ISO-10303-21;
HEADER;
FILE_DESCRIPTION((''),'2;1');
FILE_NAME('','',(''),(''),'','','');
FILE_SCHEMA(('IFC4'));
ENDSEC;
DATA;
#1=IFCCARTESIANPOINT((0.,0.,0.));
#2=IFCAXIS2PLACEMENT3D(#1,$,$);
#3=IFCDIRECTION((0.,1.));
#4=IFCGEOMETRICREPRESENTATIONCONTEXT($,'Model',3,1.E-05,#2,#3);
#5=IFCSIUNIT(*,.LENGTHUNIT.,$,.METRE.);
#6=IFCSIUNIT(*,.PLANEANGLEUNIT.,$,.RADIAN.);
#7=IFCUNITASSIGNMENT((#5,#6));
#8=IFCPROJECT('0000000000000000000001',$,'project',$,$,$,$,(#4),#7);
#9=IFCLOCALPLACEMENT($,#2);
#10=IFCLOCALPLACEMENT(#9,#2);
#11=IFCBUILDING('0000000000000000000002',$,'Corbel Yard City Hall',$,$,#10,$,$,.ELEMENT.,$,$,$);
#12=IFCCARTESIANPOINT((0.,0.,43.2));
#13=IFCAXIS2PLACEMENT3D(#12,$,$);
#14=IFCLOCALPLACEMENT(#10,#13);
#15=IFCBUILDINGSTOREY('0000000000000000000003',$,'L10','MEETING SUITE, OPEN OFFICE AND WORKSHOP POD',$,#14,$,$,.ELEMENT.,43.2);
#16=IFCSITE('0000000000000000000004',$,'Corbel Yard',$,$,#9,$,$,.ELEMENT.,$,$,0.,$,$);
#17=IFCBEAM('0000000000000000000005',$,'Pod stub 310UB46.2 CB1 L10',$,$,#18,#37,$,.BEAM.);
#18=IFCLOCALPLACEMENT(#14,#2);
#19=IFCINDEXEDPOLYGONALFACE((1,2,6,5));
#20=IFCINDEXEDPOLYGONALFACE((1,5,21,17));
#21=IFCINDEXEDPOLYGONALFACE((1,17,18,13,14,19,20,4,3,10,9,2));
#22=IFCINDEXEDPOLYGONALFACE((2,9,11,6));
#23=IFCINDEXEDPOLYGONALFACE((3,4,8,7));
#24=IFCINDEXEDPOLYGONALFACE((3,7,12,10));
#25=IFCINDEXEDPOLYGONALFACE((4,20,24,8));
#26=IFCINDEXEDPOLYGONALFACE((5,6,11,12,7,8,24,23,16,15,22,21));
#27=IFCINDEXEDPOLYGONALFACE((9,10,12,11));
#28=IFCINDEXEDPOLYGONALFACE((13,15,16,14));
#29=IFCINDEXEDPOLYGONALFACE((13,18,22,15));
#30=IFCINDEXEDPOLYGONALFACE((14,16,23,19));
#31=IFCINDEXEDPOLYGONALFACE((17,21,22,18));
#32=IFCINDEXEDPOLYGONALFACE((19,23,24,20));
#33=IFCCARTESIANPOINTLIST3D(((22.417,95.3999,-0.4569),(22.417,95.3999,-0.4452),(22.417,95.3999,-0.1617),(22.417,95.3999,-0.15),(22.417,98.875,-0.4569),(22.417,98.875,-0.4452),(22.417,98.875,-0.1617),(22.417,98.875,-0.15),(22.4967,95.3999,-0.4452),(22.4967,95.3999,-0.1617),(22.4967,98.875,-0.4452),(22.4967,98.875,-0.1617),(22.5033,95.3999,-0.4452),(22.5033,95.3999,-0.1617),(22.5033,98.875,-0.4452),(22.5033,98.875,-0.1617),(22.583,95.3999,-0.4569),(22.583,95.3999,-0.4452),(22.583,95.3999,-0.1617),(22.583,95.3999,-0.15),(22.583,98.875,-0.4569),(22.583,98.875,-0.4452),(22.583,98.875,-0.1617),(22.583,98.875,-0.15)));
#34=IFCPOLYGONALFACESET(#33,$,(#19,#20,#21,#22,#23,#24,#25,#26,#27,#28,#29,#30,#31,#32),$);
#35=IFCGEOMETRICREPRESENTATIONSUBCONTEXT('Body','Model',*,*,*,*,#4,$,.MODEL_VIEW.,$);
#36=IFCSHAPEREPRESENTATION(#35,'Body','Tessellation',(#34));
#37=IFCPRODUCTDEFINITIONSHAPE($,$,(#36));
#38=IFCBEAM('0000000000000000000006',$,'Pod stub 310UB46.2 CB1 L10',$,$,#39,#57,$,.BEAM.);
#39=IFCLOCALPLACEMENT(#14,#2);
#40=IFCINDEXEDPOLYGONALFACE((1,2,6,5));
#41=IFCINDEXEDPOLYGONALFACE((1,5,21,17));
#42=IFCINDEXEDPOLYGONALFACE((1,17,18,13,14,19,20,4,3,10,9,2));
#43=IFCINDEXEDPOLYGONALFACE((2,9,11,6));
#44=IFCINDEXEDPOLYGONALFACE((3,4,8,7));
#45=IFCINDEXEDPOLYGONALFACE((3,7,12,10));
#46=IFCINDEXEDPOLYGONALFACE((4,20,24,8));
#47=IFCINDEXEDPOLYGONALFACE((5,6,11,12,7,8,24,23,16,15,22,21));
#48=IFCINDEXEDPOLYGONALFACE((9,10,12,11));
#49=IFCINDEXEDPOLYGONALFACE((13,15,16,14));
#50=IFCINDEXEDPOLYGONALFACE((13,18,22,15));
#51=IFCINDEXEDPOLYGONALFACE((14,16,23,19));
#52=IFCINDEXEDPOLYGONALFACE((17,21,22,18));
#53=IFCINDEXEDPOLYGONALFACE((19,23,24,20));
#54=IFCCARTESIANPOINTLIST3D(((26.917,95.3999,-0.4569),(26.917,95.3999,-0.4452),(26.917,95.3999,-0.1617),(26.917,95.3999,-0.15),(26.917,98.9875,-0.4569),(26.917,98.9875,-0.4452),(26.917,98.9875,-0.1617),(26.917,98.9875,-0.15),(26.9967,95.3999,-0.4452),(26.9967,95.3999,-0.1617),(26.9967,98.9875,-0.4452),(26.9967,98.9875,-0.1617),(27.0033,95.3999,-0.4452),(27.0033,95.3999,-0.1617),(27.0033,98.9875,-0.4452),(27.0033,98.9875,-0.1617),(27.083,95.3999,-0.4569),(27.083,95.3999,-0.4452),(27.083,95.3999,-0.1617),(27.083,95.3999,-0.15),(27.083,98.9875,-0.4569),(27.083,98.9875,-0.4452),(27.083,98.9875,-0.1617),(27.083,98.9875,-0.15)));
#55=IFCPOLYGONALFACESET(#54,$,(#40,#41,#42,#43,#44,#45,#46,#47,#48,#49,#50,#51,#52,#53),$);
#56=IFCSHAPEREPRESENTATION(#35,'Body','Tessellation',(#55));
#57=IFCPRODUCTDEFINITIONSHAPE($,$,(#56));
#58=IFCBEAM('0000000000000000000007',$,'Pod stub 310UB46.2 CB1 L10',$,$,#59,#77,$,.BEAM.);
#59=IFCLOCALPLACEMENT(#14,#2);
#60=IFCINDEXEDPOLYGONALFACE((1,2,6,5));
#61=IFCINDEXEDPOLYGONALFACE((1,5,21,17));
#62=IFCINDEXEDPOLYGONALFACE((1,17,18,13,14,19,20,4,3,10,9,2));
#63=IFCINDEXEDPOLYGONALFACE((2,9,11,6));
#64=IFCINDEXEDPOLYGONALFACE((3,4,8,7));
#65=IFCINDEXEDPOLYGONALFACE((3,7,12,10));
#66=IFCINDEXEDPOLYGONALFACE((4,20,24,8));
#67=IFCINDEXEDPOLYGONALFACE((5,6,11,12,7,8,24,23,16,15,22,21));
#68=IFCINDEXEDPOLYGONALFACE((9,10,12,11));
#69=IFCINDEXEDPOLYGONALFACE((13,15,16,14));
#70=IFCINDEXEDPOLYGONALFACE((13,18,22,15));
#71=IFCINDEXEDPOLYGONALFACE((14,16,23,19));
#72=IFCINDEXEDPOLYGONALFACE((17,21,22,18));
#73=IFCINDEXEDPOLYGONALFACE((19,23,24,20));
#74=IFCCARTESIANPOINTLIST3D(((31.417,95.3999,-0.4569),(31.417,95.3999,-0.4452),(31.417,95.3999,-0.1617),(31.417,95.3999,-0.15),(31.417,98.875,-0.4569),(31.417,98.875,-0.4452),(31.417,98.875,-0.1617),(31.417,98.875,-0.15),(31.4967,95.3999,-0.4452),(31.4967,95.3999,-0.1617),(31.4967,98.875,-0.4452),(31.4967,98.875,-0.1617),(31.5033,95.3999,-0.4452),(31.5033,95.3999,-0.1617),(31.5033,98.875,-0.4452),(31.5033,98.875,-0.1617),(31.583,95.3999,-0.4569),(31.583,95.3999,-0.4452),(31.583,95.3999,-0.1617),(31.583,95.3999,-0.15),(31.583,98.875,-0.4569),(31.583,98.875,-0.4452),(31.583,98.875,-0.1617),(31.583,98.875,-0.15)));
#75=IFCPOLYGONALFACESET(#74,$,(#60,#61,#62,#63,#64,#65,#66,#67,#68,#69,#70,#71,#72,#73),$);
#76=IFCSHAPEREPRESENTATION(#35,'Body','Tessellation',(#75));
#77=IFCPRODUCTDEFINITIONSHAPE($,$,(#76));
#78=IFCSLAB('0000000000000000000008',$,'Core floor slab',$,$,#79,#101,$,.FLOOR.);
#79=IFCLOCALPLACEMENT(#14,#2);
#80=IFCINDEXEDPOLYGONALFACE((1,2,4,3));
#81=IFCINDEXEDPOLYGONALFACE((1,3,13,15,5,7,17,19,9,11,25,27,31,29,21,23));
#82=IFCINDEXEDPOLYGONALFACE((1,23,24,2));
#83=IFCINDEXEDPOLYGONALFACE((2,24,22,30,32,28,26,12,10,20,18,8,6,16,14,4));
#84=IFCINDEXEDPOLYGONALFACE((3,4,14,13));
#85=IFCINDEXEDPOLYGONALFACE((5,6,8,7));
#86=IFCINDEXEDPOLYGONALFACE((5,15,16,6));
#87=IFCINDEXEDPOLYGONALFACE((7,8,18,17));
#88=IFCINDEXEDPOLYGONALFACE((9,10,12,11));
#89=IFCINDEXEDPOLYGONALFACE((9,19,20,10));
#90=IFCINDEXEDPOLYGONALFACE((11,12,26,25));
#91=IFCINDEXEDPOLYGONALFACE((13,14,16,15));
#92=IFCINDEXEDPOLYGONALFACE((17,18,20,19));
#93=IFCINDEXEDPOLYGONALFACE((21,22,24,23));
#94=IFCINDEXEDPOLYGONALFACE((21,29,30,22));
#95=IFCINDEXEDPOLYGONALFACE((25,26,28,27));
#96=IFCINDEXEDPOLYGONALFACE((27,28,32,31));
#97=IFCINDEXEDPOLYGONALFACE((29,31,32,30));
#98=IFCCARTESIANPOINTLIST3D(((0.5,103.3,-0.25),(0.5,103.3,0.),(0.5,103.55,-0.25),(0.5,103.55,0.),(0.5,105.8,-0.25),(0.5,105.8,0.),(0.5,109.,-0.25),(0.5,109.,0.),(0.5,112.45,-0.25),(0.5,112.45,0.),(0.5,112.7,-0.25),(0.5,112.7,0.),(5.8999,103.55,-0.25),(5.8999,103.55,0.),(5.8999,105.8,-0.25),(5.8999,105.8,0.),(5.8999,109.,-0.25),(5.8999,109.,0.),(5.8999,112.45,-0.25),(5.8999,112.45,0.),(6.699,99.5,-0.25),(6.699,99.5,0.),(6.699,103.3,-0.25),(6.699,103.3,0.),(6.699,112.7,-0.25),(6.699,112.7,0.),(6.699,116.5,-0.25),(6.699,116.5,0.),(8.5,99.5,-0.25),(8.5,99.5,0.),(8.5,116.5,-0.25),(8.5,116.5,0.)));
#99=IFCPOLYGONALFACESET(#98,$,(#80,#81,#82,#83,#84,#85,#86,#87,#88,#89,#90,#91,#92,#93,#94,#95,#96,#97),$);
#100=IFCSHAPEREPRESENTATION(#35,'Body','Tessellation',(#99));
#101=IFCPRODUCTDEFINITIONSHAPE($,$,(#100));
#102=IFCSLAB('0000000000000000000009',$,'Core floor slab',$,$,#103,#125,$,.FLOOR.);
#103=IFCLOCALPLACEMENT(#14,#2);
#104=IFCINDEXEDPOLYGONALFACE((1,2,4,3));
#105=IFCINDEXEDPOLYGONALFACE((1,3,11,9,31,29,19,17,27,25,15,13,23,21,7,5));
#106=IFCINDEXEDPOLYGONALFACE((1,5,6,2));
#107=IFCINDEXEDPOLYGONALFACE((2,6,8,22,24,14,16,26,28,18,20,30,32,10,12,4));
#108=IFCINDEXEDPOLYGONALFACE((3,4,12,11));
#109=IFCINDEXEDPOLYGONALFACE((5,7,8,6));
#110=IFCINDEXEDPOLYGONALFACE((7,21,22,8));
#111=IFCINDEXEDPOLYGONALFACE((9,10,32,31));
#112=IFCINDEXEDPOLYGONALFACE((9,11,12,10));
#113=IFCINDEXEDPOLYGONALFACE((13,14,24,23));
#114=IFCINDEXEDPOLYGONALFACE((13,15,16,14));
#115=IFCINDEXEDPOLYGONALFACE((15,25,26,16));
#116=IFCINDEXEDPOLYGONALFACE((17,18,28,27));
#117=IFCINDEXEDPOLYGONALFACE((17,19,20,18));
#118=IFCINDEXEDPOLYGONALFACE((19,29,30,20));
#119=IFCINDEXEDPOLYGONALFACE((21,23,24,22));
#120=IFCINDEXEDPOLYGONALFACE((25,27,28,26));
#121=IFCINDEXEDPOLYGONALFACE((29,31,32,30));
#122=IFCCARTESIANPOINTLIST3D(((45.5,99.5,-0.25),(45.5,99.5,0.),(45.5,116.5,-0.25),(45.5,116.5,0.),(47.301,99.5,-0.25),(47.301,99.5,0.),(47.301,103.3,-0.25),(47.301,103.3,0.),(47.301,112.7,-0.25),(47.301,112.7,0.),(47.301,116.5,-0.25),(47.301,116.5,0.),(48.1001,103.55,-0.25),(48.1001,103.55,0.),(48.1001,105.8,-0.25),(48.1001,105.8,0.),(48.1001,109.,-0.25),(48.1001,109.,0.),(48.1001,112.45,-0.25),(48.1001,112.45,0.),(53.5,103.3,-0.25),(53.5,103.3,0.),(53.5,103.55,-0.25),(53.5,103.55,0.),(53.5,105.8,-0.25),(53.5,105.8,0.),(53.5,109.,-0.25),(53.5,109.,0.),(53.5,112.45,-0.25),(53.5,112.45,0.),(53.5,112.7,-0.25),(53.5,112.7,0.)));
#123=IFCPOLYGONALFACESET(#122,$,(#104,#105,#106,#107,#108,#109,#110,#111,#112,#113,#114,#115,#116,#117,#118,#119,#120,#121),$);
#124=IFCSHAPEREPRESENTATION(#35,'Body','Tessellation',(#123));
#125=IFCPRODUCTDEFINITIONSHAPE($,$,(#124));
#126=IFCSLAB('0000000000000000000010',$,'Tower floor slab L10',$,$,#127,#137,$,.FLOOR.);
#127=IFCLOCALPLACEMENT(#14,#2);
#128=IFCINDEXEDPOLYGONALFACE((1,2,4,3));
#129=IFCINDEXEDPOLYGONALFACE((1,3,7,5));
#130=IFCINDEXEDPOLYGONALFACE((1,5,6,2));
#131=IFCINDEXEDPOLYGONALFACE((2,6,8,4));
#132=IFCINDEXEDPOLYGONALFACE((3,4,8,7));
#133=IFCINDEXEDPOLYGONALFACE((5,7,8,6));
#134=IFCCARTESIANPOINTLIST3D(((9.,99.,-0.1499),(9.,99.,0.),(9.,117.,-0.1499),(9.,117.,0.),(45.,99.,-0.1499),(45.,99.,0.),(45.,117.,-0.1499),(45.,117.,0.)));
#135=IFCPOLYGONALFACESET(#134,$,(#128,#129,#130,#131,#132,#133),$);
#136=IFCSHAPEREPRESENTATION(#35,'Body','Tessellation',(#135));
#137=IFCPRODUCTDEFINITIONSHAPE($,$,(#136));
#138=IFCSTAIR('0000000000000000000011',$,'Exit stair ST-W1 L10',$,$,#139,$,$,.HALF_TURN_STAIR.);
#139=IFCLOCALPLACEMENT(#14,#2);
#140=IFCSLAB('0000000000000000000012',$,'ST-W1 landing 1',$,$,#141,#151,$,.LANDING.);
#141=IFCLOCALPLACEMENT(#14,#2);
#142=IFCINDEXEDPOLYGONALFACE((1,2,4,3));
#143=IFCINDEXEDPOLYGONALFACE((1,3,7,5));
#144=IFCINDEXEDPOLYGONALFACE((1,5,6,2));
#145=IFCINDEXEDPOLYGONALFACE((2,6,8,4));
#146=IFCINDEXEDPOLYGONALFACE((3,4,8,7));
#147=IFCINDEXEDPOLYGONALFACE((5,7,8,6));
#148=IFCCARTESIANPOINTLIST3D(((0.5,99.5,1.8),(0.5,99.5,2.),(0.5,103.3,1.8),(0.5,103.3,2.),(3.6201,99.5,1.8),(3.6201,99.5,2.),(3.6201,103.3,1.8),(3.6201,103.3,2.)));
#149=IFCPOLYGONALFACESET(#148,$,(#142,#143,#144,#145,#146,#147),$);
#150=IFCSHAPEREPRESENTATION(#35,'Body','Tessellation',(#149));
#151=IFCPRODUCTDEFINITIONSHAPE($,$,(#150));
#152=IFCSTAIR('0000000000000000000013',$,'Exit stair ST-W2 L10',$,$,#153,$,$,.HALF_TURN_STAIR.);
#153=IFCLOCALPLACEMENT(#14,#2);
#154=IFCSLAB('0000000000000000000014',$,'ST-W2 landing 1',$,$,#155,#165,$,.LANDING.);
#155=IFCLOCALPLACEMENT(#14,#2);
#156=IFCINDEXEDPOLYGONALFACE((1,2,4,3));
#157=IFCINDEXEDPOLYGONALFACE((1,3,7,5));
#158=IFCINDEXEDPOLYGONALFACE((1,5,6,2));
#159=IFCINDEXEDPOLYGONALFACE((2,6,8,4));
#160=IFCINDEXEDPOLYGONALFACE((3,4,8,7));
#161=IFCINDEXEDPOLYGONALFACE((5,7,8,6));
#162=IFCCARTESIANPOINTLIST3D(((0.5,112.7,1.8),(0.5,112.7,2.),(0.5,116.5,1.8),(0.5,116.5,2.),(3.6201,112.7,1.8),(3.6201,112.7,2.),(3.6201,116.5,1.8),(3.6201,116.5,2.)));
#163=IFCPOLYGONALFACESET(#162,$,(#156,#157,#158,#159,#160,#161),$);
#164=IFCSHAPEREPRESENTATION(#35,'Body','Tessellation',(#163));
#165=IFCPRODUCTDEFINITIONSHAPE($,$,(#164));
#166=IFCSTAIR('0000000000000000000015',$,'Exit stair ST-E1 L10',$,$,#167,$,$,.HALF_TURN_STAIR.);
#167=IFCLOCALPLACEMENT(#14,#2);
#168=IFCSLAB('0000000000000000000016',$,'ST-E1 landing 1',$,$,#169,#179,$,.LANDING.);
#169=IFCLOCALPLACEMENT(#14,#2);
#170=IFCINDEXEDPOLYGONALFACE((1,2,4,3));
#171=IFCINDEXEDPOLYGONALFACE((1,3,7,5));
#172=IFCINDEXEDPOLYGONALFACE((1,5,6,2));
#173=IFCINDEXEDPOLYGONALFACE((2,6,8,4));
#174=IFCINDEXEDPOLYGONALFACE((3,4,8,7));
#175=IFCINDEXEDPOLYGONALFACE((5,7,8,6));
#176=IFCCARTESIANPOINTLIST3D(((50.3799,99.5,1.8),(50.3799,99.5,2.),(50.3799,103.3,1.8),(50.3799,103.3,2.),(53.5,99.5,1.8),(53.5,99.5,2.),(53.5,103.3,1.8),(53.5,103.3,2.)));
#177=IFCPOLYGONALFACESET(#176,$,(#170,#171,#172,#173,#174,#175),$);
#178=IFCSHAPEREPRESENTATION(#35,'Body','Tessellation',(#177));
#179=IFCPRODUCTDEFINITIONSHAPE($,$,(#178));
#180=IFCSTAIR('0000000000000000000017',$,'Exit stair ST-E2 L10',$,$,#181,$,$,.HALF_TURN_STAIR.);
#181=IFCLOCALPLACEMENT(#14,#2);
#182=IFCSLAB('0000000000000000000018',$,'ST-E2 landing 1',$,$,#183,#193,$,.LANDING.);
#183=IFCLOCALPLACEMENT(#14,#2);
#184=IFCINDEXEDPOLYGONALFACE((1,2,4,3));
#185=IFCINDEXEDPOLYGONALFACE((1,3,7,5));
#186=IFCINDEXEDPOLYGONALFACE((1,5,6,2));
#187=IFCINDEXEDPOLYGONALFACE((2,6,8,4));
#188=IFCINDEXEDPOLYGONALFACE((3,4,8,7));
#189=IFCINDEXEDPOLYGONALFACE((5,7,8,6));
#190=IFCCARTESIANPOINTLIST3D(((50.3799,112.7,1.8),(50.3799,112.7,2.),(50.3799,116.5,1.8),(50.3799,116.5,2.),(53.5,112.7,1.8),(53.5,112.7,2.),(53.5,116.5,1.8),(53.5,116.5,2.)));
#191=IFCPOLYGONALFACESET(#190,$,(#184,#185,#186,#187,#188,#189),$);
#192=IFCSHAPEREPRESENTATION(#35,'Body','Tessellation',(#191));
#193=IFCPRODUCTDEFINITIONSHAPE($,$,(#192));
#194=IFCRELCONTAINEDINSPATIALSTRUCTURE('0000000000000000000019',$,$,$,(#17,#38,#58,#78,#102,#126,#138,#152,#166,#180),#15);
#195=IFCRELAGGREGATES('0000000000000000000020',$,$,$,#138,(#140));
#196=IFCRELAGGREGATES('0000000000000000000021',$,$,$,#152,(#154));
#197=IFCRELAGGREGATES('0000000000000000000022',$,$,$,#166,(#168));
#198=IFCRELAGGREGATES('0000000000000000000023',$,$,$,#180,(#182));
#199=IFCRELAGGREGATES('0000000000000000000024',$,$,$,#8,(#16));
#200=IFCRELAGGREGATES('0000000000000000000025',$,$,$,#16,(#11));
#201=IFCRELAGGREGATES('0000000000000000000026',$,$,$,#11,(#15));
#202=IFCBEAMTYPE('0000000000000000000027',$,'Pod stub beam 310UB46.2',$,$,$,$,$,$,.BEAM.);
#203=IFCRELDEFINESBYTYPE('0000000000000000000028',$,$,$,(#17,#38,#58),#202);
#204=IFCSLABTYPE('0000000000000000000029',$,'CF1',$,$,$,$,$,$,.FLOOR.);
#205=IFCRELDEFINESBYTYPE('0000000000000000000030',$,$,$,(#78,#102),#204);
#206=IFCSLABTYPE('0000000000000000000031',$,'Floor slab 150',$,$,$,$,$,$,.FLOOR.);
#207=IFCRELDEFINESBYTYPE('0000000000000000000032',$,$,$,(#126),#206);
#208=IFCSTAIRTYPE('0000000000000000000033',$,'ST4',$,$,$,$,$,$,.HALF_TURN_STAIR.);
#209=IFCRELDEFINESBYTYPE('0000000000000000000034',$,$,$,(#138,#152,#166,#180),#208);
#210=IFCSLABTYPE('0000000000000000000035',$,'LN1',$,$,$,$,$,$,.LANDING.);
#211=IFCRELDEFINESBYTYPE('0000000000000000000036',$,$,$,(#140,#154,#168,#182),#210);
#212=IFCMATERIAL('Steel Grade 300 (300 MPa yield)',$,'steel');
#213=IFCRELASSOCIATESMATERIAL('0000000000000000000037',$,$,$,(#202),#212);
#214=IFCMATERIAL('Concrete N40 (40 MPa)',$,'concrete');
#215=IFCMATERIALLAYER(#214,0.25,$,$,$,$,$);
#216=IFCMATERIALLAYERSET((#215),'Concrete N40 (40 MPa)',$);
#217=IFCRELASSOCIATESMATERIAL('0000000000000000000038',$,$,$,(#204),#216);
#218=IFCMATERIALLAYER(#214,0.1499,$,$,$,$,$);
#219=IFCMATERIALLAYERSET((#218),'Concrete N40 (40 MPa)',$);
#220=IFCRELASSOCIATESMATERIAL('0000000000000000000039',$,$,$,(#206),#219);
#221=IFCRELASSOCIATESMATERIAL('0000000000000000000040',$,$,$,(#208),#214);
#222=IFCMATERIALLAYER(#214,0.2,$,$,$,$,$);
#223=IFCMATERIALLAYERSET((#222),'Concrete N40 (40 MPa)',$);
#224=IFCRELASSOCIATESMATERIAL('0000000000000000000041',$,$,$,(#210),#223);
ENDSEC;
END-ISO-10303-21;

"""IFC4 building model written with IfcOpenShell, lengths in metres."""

from ifc_helpers import new_model, si_unit, direction, frame, origin, origin_2d, place, context, subcontext, project, spatial, polyline, i_section, outline, extrude, material, layer, layer_set, material_profile, profile_set, type_object, element, aggregate, save


model = new_model("IFC4")

# Units and contexts
model_context = context("Model", 3, precision=1e-05, world=origin(), true_north=direction((0.0, 1.0)))
body_context = subcontext(model_context, "Body", "Model", "MODEL_VIEW")
ifc_project = project(units=[si_unit("LENGTHUNIT", "METRE"), si_unit("PLANEANGLEUNIT", "RADIAN")], contexts=[model_context])

# Site, building, storey
site_placement = place(None, origin())
site = spatial("IfcSite", under=ifc_project, at=site_placement, Name="Corbel Yard", CompositionType="ELEMENT", RefElevation=0.0)
building_placement = place(site_placement, origin())
building = spatial("IfcBuilding", under=site, at=building_placement, Name="Corbel Yard City Hall", CompositionType="ELEMENT")
storey_placement = place(building_placement, frame((0.0, 0.0, 43.2)))
storey = spatial("IfcBuildingStorey", under=building, at=storey_placement, Name="L10", Description="MEETING SUITE, OPEN OFFICE AND WORKSHOP POD", CompositionType="ELEMENT", Elevation=43.2)

# Beams
ifc_material_1 = material(Name="Steel Grade 300 (300 MPa yield)", Category="steel")
ifc_material_profile = material_profile(ifc_material_1, i_section(OverallWidth=0.166, OverallDepth=0.3069, WebThickness=0.0066, FlangeThickness=0.0117, at=origin_2d()), Name="310UB46.2")
ifc_profile_set = profile_set([ifc_material_profile], Name="Steel Grade 300 (300 MPa yield)")
beam_type = type_object("IfcBeamType", Name="Pod stub beam 310UB46.2", PredefinedType="BEAM", material=ifc_profile_set)
beam_1_placement = place(storey_placement, frame((22.5, 95.3999, -0.3035), z_axis=(0.0, 1.0, 0.0), x_axis=(-1.0, 0.0, 0.0)))
element("IfcBeam", 1, at=beam_1_placement, inside=storey, type_object=beam_type, Name="Pod stub 310UB46.2 CB1 L10", PredefinedType="BEAM", context=body_context, shape_type="SweptSolid", body=[
    extrude(i_section(OverallWidth=0.166, OverallDepth=0.3069, WebThickness=0.0066, FlangeThickness=0.0117, at=origin_2d()), origin(), (0.0, 0.0, 1.0), 3.4751),
])
beam_2_placement = place(storey_placement, frame((27.0, 95.3999, -0.3035), z_axis=(0.0, 1.0, 0.0), x_axis=(-1.0, 0.0, 0.0)))
element("IfcBeam", 2, at=beam_2_placement, inside=storey, type_object=beam_type, Name="Pod stub 310UB46.2 CB1 L10", PredefinedType="BEAM", context=body_context, shape_type="SweptSolid", body=[
    extrude(i_section(OverallWidth=0.166, OverallDepth=0.3069, WebThickness=0.0066, FlangeThickness=0.0117, at=origin_2d()), origin(), (0.0, 0.0, 1.0), 3.5876),
])
beam_3_placement = place(storey_placement, frame((31.5, 95.3999, -0.3035), z_axis=(0.0, 1.0, 0.0), x_axis=(-1.0, 0.0, 0.0)))
element("IfcBeam", 3, at=beam_3_placement, inside=storey, type_object=beam_type, Name="Pod stub 310UB46.2 CB1 L10", PredefinedType="BEAM", context=body_context, shape_type="SweptSolid", body=[
    extrude(i_section(OverallWidth=0.166, OverallDepth=0.3069, WebThickness=0.0066, FlangeThickness=0.0117, at=origin_2d()), origin(), (0.0, 0.0, 1.0), 3.4751),
])

# Slabs
ifc_material_2 = material(Name="Concrete N40 (40 MPa)", Category="concrete")
ifc_layer_1 = layer(ifc_material_2, 0.25)
ifc_layer_set_1 = layer_set([ifc_layer_1], Name="Concrete N40 (40 MPa)")
slab_type_1 = type_object("IfcSlabType", Name="CF1", PredefinedType="FLOOR", material=ifc_layer_set_1)
slab_1_placement = place(storey_placement, frame((0.0, 0.0, -0.25)))
element("IfcSlab", 4, at=slab_1_placement, inside=storey, type_object=slab_type_1, Name="Core floor slab", PredefinedType="FLOOR", context=body_context, shape_type="SweptSolid", body=[
    extrude(outline(polyline([(8.5, 116.5), (6.699, 116.5), (6.699, 112.7), (0.5, 112.7), (0.5, 112.45), (5.8999, 112.45), (5.8999, 109.0), (0.5, 109.0), (0.5, 105.8), (5.8999, 105.8), (5.8999, 103.55), (0.5, 103.55), (0.5, 103.3), (6.699, 103.3), (6.699, 99.5), (8.5, 99.5), (8.5, 116.5)])), origin(), (0.0, 0.0, 1.0), 0.25),
])
slab_2_placement = place(storey_placement, frame((0.0, 0.0, -0.25)))
element("IfcSlab", 5, at=slab_2_placement, inside=storey, type_object=slab_type_1, Name="Core floor slab", PredefinedType="FLOOR", context=body_context, shape_type="SweptSolid", body=[
    extrude(outline(polyline([(53.5, 103.3), (53.5, 103.55), (48.1001, 103.55), (48.1001, 105.8), (53.5, 105.8), (53.5, 109.0), (48.1001, 109.0), (48.1001, 112.45), (53.5, 112.45), (53.5, 112.7), (47.301, 112.7), (47.301, 116.5), (45.5, 116.5), (45.5, 99.5), (47.301, 99.5), (47.301, 103.3), (53.5, 103.3)])), origin(), (0.0, 0.0, 1.0), 0.25),
])
ifc_layer_2 = layer(ifc_material_2, 0.1499)
ifc_layer_set_2 = layer_set([ifc_layer_2], Name="Concrete N40 (40 MPa)")
slab_type_2 = type_object("IfcSlabType", Name="Floor slab 150", PredefinedType="FLOOR", material=ifc_layer_set_2)
slab_3_placement = place(storey_placement, frame((0.0, 0.0, -0.1499)))
element("IfcSlab", 6, at=slab_3_placement, inside=storey, type_object=slab_type_2, Name="Tower floor slab L10", PredefinedType="FLOOR", context=body_context, shape_type="SweptSolid", body=[
    extrude(outline(polyline([(45.0, 99.0), (45.0, 117.0), (9.0, 117.0), (9.0, 99.0), (45.0, 99.0)])), origin(), (0.0, 0.0, 1.0), 0.1499),
])

# Stairs, slabs
stair_type = type_object("IfcStairType", Name="ST4", PredefinedType="HALF_TURN_STAIR", material=ifc_material_2)
stair_1_placement = place(storey_placement, origin())
stair_1 = element("IfcStair", 7, at=stair_1_placement, inside=storey, type_object=stair_type, Name="Exit stair ST-W1 L10", PredefinedType="HALF_TURN_STAIR")
ifc_layer_3 = layer(ifc_material_2, 0.2)
ifc_layer_set_3 = layer_set([ifc_layer_3], Name="Concrete N40 (40 MPa)")
slab_type_3 = type_object("IfcSlabType", Name="LN1", PredefinedType="LANDING", material=ifc_layer_set_3)
slab_4_placement = place(storey_placement, frame((0.0, 0.0, 1.8)))
slab_4 = element("IfcSlab", 8, at=slab_4_placement, type_object=slab_type_3, Name="ST-W1 landing 1", PredefinedType="LANDING", context=body_context, shape_type="SweptSolid", body=[
    extrude(outline(polyline([(0.5, 99.5), (3.6201, 99.5), (3.6201, 103.3), (0.5, 103.3), (0.5, 99.5)])), origin(), (0.0, 0.0, 1.0), 0.2),
])
aggregate(stair_1, [slab_4])
stair_2_placement = place(storey_placement, origin())
stair_2 = element("IfcStair", 9, at=stair_2_placement, inside=storey, type_object=stair_type, Name="Exit stair ST-W2 L10", PredefinedType="HALF_TURN_STAIR")
slab_5_placement = place(storey_placement, frame((0.0, 0.0, 1.8)))
slab_5 = element("IfcSlab", 10, at=slab_5_placement, type_object=slab_type_3, Name="ST-W2 landing 1", PredefinedType="LANDING", context=body_context, shape_type="SweptSolid", body=[
    extrude(outline(polyline([(0.5, 112.7), (3.6201, 112.7), (3.6201, 116.5), (0.5, 116.5), (0.5, 112.7)])), origin(), (0.0, 0.0, 1.0), 0.2),
])
aggregate(stair_2, [slab_5])
stair_3_placement = place(storey_placement, origin())
stair_3 = element("IfcStair", 11, at=stair_3_placement, inside=storey, type_object=stair_type, Name="Exit stair ST-E1 L10", PredefinedType="HALF_TURN_STAIR")
slab_6_placement = place(storey_placement, frame((0.0, 0.0, 1.8)))
slab_6 = element("IfcSlab", 12, at=slab_6_placement, type_object=slab_type_3, Name="ST-E1 landing 1", PredefinedType="LANDING", context=body_context, shape_type="SweptSolid", body=[
    extrude(outline(polyline([(50.3799, 99.5), (53.5, 99.5), (53.5, 103.3), (50.3799, 103.3), (50.3799, 99.5)])), origin(), (0.0, 0.0, 1.0), 0.2),
])
aggregate(stair_3, [slab_6])
stair_4_placement = place(storey_placement, origin())
stair_4 = element("IfcStair", 13, at=stair_4_placement, inside=storey, type_object=stair_type, Name="Exit stair ST-E2 L10", PredefinedType="HALF_TURN_STAIR")
slab_7_placement = place(storey_placement, frame((0.0, 0.0, 1.8)))
slab_7 = element("IfcSlab", 14, at=slab_7_placement, type_object=slab_type_3, Name="ST-E2 landing 1", PredefinedType="LANDING", context=body_context, shape_type="SweptSolid", body=[
    extrude(outline(polyline([(50.3799, 112.7), (53.5, 112.7), (53.5, 116.5), (50.3799, 116.5), (50.3799, 112.7)])), origin(), (0.0, 0.0, 1.0), 0.2),
])
aggregate(stair_4, [slab_7])

save(model, "model.ifc")
